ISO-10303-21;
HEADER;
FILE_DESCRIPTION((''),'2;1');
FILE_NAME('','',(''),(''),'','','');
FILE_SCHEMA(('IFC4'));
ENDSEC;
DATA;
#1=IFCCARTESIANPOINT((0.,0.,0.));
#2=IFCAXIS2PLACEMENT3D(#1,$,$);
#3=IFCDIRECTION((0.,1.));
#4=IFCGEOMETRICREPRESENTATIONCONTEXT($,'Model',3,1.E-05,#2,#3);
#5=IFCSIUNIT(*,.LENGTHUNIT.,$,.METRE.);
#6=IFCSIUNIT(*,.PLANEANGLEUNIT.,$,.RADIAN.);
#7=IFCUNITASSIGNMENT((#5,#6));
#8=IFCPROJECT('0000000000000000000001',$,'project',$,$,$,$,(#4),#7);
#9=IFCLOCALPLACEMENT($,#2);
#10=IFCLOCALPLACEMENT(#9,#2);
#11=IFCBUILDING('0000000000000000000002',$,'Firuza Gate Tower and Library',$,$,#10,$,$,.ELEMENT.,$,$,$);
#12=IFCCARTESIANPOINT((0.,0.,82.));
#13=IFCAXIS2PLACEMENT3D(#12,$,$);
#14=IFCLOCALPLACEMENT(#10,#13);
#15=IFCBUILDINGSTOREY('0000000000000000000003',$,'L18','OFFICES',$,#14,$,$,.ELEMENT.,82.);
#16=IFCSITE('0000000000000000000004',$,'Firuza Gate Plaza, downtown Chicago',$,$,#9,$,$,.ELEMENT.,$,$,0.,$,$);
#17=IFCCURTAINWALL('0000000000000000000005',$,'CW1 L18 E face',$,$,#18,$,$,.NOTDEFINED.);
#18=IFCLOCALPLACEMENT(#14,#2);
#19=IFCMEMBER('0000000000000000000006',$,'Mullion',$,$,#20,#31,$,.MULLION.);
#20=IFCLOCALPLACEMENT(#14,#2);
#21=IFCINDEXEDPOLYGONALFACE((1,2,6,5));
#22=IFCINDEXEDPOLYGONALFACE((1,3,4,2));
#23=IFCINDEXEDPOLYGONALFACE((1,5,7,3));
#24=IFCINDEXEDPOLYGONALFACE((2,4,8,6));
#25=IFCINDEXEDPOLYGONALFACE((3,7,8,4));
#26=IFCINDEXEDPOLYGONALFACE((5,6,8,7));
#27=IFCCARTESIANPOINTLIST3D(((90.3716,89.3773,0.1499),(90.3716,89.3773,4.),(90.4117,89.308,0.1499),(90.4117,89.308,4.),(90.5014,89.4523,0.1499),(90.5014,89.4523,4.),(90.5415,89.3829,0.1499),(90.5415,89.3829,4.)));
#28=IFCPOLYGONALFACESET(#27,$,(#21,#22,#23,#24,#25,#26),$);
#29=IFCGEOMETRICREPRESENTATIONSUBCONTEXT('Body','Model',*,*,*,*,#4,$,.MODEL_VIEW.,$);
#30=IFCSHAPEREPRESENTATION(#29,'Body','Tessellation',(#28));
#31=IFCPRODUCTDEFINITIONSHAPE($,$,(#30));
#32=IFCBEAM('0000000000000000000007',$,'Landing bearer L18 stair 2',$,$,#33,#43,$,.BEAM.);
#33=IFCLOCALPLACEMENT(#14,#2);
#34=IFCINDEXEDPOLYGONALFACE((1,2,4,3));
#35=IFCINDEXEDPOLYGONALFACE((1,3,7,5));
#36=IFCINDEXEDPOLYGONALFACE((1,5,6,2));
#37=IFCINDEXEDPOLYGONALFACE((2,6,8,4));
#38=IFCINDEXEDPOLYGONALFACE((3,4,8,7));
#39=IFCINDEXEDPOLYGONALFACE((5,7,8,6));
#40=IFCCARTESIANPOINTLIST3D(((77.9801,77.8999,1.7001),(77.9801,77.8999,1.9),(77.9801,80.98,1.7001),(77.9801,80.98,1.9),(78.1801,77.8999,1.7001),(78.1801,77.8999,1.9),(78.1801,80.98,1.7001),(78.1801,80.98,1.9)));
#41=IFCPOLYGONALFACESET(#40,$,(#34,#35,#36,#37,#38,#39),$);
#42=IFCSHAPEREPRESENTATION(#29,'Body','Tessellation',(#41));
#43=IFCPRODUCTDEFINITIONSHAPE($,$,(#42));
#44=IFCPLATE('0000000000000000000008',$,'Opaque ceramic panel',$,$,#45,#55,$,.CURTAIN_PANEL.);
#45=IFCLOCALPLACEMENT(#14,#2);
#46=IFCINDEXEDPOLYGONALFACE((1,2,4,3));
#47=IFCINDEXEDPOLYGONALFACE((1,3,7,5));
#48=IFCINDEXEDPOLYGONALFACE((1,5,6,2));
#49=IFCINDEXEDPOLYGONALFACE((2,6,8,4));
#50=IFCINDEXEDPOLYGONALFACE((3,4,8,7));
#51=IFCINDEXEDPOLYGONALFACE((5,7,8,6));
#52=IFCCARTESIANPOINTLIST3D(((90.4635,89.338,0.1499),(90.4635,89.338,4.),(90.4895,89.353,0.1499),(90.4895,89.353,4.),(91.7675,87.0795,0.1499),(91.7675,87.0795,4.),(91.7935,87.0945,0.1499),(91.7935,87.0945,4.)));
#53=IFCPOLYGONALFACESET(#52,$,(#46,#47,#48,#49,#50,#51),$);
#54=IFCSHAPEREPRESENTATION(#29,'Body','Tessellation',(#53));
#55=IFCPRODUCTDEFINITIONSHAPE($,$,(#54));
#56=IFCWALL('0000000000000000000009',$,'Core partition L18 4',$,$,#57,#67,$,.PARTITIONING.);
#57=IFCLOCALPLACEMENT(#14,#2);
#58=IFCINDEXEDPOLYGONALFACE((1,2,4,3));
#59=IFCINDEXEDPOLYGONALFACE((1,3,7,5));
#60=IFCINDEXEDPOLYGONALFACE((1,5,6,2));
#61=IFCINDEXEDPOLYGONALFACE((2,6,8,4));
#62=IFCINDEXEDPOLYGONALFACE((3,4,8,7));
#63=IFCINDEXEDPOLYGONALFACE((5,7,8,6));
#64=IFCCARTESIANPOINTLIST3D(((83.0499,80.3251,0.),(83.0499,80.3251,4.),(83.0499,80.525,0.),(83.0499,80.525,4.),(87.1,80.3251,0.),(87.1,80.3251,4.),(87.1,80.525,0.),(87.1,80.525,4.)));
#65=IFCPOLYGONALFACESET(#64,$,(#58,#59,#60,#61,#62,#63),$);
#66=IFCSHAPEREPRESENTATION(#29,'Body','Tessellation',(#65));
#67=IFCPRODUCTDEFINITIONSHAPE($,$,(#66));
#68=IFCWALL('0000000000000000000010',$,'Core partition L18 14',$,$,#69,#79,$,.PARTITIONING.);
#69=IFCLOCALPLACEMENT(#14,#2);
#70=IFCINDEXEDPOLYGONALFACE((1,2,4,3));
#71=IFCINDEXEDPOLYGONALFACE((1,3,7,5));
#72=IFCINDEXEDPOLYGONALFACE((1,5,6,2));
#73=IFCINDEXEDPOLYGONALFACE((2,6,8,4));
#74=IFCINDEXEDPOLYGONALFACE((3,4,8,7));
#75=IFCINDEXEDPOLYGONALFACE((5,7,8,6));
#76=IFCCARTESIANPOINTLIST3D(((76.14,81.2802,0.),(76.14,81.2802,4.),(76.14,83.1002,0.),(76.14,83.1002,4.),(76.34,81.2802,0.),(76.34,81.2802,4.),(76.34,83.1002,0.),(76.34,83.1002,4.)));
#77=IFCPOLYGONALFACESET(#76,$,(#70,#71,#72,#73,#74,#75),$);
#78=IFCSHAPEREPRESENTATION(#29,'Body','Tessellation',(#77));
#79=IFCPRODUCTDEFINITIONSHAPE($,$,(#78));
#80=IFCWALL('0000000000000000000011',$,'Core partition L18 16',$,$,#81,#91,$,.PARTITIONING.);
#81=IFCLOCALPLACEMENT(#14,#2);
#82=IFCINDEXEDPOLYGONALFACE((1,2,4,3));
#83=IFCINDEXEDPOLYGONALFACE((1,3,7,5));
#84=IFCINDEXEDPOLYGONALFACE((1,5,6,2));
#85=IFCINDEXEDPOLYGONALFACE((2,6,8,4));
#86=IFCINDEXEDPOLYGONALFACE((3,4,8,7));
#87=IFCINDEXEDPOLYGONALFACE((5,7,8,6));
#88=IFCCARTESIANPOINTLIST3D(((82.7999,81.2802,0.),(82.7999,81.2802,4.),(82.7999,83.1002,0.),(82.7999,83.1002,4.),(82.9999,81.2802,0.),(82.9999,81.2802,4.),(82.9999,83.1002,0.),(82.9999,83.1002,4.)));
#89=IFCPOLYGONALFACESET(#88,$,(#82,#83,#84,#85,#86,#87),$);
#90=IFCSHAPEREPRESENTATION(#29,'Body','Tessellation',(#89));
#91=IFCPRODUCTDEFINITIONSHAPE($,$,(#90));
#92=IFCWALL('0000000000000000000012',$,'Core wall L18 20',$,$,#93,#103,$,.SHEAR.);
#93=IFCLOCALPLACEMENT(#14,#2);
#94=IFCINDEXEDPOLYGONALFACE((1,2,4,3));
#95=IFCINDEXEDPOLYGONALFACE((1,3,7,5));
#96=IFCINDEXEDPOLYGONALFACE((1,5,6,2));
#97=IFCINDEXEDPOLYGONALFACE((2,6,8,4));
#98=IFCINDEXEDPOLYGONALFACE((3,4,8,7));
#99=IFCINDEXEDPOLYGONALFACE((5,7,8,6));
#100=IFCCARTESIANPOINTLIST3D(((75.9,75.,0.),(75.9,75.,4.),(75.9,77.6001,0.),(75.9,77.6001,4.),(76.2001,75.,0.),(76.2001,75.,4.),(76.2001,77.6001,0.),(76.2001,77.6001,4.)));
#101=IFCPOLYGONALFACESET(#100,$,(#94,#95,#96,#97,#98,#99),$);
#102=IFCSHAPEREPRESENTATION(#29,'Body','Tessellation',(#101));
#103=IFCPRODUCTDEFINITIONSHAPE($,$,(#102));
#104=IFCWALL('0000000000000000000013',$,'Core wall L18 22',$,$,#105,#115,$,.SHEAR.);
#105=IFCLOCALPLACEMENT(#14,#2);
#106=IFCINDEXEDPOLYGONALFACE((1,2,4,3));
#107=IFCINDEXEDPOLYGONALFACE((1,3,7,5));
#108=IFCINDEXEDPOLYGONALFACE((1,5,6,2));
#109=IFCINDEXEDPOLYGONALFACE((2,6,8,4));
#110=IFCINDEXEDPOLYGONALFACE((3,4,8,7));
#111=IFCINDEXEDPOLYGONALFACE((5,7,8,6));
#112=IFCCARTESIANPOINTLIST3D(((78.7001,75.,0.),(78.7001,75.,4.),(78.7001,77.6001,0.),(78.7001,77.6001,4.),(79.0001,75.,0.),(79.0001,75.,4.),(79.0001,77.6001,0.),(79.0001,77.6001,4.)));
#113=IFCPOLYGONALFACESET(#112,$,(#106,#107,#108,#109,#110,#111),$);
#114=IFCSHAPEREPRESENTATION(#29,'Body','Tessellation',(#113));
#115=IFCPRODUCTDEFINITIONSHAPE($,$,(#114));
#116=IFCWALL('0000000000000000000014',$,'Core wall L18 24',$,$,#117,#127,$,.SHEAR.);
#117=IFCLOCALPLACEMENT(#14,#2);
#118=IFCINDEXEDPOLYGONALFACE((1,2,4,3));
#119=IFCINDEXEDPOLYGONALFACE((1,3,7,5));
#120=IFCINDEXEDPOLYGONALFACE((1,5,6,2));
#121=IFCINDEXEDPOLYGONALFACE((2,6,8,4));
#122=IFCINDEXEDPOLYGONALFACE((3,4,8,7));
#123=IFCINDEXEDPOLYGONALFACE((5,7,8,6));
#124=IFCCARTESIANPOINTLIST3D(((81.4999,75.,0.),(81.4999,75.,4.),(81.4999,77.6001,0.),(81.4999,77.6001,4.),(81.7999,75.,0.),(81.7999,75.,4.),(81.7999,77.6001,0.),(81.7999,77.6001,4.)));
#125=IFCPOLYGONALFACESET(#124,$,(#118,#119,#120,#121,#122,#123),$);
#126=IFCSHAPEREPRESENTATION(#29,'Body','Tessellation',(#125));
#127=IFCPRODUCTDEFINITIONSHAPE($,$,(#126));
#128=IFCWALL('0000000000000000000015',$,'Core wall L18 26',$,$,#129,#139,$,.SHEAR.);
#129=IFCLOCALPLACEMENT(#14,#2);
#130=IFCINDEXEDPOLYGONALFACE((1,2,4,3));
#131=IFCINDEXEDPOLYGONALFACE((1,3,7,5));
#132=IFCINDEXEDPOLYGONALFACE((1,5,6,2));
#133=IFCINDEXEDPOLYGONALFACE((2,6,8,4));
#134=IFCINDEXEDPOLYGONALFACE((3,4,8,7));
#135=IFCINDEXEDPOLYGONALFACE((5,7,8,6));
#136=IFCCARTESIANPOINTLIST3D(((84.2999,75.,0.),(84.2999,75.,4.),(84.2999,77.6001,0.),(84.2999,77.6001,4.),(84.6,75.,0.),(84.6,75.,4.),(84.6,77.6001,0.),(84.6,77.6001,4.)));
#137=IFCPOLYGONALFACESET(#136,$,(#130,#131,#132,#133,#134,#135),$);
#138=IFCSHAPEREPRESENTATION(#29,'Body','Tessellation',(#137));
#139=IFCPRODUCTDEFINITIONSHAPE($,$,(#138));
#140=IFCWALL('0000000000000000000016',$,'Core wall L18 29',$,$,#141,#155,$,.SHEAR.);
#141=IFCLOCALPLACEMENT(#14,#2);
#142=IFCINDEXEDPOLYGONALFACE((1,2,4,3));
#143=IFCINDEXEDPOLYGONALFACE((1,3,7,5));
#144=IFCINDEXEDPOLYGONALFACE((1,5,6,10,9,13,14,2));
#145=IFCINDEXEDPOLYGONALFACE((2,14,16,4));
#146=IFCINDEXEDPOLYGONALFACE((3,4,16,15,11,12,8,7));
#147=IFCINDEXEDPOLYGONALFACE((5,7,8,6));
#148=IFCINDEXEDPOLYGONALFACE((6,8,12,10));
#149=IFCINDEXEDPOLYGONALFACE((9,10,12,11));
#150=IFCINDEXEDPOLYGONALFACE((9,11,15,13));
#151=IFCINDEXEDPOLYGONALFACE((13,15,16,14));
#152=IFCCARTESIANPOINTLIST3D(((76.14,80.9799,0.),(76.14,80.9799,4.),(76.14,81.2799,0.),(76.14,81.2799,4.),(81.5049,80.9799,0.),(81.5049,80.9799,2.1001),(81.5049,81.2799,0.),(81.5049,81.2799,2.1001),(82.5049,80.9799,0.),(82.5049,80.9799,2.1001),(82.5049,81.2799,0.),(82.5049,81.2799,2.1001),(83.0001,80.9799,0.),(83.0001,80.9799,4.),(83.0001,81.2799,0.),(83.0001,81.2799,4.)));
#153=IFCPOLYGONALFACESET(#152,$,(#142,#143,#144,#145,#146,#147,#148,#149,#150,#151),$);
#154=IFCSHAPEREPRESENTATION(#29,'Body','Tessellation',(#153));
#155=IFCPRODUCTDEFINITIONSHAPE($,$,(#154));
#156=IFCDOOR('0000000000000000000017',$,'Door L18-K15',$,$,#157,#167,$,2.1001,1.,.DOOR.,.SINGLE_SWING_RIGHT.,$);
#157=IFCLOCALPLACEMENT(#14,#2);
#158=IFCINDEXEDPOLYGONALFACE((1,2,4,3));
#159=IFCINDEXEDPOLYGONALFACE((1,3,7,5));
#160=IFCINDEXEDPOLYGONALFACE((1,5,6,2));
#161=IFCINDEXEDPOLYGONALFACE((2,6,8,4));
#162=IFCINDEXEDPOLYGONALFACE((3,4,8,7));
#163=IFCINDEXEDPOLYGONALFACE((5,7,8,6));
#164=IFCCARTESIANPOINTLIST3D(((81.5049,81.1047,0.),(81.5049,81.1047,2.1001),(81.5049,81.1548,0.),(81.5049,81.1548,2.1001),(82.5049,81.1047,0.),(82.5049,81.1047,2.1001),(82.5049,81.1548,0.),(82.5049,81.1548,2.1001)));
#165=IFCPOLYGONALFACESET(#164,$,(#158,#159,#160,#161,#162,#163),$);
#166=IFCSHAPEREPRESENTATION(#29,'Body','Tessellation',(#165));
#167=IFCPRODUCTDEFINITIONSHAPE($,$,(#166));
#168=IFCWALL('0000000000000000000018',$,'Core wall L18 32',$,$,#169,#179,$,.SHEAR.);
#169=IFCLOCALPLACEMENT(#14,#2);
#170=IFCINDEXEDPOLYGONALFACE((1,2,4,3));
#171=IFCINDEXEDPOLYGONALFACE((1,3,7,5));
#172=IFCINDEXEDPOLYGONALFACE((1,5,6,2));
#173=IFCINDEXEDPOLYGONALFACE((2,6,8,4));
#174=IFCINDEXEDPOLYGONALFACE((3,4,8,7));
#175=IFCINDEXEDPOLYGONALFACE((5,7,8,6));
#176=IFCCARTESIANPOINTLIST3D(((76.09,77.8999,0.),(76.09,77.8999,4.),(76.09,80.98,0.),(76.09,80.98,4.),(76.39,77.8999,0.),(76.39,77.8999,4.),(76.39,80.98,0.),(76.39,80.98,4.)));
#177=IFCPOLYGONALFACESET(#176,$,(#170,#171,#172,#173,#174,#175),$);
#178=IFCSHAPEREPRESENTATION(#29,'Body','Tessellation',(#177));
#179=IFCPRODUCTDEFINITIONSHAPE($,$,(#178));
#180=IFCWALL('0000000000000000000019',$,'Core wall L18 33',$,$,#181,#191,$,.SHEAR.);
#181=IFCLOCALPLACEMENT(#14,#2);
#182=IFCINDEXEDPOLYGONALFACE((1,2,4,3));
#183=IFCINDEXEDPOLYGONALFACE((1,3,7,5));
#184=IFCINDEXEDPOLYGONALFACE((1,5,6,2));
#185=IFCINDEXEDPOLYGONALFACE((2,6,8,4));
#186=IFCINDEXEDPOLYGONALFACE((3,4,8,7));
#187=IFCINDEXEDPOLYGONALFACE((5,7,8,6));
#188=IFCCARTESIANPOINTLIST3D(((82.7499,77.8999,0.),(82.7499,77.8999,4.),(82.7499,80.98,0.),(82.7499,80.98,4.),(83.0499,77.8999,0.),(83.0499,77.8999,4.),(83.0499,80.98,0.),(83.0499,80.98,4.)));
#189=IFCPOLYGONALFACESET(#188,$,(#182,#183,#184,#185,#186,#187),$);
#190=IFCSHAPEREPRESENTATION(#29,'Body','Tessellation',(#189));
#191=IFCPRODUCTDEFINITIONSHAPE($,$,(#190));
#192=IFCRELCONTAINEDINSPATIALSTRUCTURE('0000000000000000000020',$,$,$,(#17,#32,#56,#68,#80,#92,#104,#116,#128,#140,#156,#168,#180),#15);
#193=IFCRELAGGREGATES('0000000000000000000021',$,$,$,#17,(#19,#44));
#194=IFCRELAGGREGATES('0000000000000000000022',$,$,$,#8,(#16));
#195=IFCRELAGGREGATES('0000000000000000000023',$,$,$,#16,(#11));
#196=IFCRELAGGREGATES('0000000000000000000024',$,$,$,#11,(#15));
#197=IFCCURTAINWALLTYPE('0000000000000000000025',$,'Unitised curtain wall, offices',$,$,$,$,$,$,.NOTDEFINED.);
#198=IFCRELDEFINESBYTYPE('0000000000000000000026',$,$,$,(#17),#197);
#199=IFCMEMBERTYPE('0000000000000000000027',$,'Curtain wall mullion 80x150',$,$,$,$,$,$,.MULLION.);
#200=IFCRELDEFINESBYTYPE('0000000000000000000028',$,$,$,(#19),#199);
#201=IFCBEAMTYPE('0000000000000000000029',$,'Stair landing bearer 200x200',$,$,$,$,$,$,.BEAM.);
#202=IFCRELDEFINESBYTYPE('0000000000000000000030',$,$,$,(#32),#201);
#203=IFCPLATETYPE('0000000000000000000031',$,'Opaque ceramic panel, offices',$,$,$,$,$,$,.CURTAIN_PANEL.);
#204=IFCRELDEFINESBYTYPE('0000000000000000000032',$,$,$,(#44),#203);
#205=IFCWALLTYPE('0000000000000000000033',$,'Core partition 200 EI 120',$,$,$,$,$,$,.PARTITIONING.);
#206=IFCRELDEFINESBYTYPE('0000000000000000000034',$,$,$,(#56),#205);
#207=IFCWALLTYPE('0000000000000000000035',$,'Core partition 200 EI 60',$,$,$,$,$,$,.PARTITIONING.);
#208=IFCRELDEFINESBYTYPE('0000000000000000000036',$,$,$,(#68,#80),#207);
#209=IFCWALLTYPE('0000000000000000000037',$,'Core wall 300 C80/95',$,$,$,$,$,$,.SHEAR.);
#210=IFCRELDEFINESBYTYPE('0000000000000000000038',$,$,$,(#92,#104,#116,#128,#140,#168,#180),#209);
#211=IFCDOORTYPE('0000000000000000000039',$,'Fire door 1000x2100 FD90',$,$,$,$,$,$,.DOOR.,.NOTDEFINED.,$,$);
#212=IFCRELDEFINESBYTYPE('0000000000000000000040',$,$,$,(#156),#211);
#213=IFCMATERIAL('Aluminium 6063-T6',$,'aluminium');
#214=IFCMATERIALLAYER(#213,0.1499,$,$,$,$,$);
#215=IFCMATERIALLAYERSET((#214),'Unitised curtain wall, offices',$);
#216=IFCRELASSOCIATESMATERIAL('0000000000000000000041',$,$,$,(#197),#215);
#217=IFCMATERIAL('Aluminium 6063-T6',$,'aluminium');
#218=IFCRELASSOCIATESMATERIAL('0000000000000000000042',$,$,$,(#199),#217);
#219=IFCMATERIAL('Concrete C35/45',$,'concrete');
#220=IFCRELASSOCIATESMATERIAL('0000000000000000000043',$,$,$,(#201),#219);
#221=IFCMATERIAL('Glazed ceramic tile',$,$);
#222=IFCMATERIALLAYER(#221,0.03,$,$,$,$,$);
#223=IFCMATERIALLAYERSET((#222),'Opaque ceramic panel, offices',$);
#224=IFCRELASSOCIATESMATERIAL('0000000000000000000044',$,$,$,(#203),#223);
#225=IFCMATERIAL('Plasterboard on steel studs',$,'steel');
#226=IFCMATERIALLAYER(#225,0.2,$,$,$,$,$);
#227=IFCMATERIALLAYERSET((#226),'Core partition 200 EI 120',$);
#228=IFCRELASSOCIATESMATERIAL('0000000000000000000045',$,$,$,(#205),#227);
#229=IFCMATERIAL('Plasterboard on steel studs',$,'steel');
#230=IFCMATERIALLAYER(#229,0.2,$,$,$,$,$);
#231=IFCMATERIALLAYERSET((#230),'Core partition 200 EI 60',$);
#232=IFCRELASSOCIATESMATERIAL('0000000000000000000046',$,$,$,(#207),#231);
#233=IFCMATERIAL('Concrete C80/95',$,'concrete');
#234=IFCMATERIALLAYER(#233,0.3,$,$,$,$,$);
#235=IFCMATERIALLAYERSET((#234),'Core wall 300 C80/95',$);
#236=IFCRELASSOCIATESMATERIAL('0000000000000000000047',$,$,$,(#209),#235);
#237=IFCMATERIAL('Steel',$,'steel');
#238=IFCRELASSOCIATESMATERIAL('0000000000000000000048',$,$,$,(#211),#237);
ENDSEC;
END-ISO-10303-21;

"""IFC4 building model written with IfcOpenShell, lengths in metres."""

from ifc_helpers import new_model, si_unit, direction, frame, frame_2d, origin, origin_2d, place, context, subcontext, project, spatial, polyline, rectangle, outline, extrude, material, layer, layer_set, material_profile, profile_set, type_object, element, fill, aggregate, save


model = new_model("IFC4")

# Units and contexts
model_context = context("Model", 3, precision=1e-05, world=origin(), true_north=direction((0.0, 1.0)))
body_context = subcontext(model_context, "Body", "Model", "MODEL_VIEW")
ifc_project = project(units=[si_unit("LENGTHUNIT", "METRE"), si_unit("PLANEANGLEUNIT", "RADIAN")], contexts=[model_context])

# Site, building, storey
site_placement = place(None, origin())
site = spatial("IfcSite", under=ifc_project, at=site_placement, Name="Firuza Gate Plaza, downtown Chicago", CompositionType="ELEMENT", RefElevation=0.0)
building_placement = place(site_placement, origin())
building = spatial("IfcBuilding", under=site, at=building_placement, Name="Firuza Gate Tower and Library", CompositionType="ELEMENT")
storey_placement = place(building_placement, frame((0.0, 0.0, 82.0)))
storey = spatial("IfcBuildingStorey", under=building, at=storey_placement, Name="L18", Description="OFFICES", CompositionType="ELEMENT", Elevation=82.0)

# Curtain wall, member
ifc_material_1 = material(Name="Aluminium 6063-T6", Category="aluminium")
ifc_layer_1 = layer(ifc_material_1, 0.1499)
ifc_layer_set_1 = layer_set([ifc_layer_1], Name="Unitised curtain wall, offices")
curtain_wall_type = type_object("IfcCurtainWallType", Name="Unitised curtain wall, offices", PredefinedType="NOTDEFINED", material=ifc_layer_set_1)
placement = place(storey_placement, origin())
curtain_wall = element("IfcCurtainWall", 1, at=placement, inside=storey, type_object=curtain_wall_type, Name="CW1 L18 E face", PredefinedType="NOTDEFINED")
ifc_material_2 = material(Name="Aluminium 6063-T6", Category="aluminium")
ifc_material_profile_1 = material_profile(ifc_material_2, rectangle(XDim=0.1499, YDim=0.0801, at=origin_2d()))
ifc_profile_set_1 = profile_set([ifc_material_profile_1], Name="Aluminium 6063-T6")
member_type = type_object("IfcMemberType", Name="Curtain wall mullion 80x150", PredefinedType="MULLION", material=ifc_profile_set_1)
member_placement = place(storey_placement, frame((90.4565, 89.3801, 0.1499), z_axis=(0.0, 0.0, 1.0), x_axis=(-0.866025, -0.5, 0.0)))
member = element("IfcMember", 2, at=member_placement, type_object=member_type, Name="Mullion", PredefinedType="MULLION", context=body_context, shape_type="SweptSolid", body=[
    extrude(rectangle(XDim=0.1499, YDim=0.0801, at=origin_2d()), origin(), (0.0, 0.0, 1.0), 3.8501),
])

# Beam
ifc_material_3 = material(Name="Concrete C35/45", Category="concrete")
ifc_material_profile_2 = material_profile(ifc_material_3, rectangle(XDim=0.2, YDim=0.2, at=origin_2d()))
ifc_profile_set_2 = profile_set([ifc_material_profile_2], Name="Concrete C35/45")
beam_type = type_object("IfcBeamType", Name="Stair landing bearer 200x200", PredefinedType="BEAM", material=ifc_profile_set_2)
beam_placement = place(storey_placement, frame((78.0801, 80.98, 1.8), z_axis=(0.0, -1.0, 0.0), x_axis=(1.0, 0.0, 0.0)))
element("IfcBeam", 3, at=beam_placement, inside=storey, type_object=beam_type, Name="Landing bearer L18 stair 2", PredefinedType="BEAM", context=body_context, shape_type="SweptSolid", body=[
    extrude(rectangle(XDim=0.2, YDim=0.2, at=origin_2d()), origin(), (0.0, 0.0, 1.0), 3.0801),
])

# Plate
ifc_material_4 = material(Name="Glazed ceramic tile")
ifc_layer_2 = layer(ifc_material_4, 0.03)
ifc_layer_set_2 = layer_set([ifc_layer_2], Name="Opaque ceramic panel, offices")
plate_type = type_object("IfcPlateType", Name="Opaque ceramic panel, offices", PredefinedType="CURTAIN_PANEL", material=ifc_layer_set_2)
plate_placement = place(storey_placement, frame((91.7935, 87.0945, 0.1499), z_axis=(0.866028, 0.499995, 0.0), x_axis=(-0.499995, 0.866028, 0.0)))
plate = element("IfcPlate", 4, at=plate_placement, type_object=plate_type, Name="Opaque ceramic panel", PredefinedType="CURTAIN_PANEL", context=body_context, shape_type="SweptSolid", body=[
    extrude(outline(polyline([(0.0, 0.0), (2.6079, 0.0), (2.6079, 3.8501), (0.0, 3.8501), (0.0, 0.0)])), origin(), (0.0, 0.0, -1.0), 0.03),
])
aggregate(curtain_wall, [member, plate])

# Walls
ifc_material_5 = material(Name="Plasterboard on steel studs", Category="steel")
ifc_layer_3 = layer(ifc_material_5, 0.2)
ifc_layer_set_3 = layer_set([ifc_layer_3], Name="Core partition 200 EI 120")
wall_type_1 = type_object("IfcWallType", Name="Core partition 200 EI 120", PredefinedType="PARTITIONING", material=ifc_layer_set_3)
wall_1_placement = place(storey_placement, frame((83.05, 80.425, 0.0), z_axis=(0.0, 0.0, 1.0), x_axis=(1.0, 0.0, 0.0)))
element("IfcWall", 5, at=wall_1_placement, inside=storey, type_object=wall_type_1, Name="Core partition L18 4", PredefinedType="PARTITIONING", context=body_context, shape_type="SweptSolid", body=[
    extrude(rectangle(XDim=4.05, YDim=0.2, at=frame_2d((2.0249, 0.0))), origin(), (0.0, 0.0, 1.0), 4.0),
])
ifc_material_6 = material(Name="Plasterboard on steel studs", Category="steel")
ifc_layer_4 = layer(ifc_material_6, 0.2)
ifc_layer_set_4 = layer_set([ifc_layer_4], Name="Core partition 200 EI 60")
wall_type_2 = type_object("IfcWallType", Name="Core partition 200 EI 60", PredefinedType="PARTITIONING", material=ifc_layer_set_4)
for number, where, z_axis, x_axis, name in (
    (6, (76.24, 81.28, 0.0), (0.0, 0.0, 1.0), (0.0, 1.0, 0.0), "Core partition L18 14"),
    (7, (82.8999, 81.28, 0.0), (0.0, 0.0, 1.0), (0.0, 1.0, 0.0), "Core partition L18 16"),
):
    element("IfcWall", number, at=place(storey_placement, frame(where, z_axis=z_axis, x_axis=x_axis)), inside=storey, type_object=wall_type_2, Name=name, PredefinedType="PARTITIONING", context=body_context, shape_type="SweptSolid", body=[
        extrude(rectangle(XDim=1.8201, YDim=0.2, at=frame_2d((0.9102, 0.0))), origin(), (0.0, 0.0, 1.0), 4.0),
    ])
ifc_material_7 = material(Name="Concrete C80/95", Category="concrete")
ifc_layer_5 = layer(ifc_material_7, 0.3)
ifc_layer_set_5 = layer_set([ifc_layer_5], Name="Core wall 300 C80/95")
wall_type_3 = type_object("IfcWallType", Name="Core wall 300 C80/95", PredefinedType="SHEAR", material=ifc_layer_set_5)
for number, where, z_axis, x_axis, name in (
    (8, (76.05, 75.0, 0.0), (0.0, 0.0, 1.0), (0.0, 1.0, 0.0), "Core wall L18 20"),
    (9, (78.8501, 75.0, 0.0), (0.0, 0.0, 1.0), (0.0, 1.0, 0.0), "Core wall L18 22"),
    (10, (81.6499, 75.0, 0.0), (0.0, 0.0, 1.0), (0.0, 1.0, 0.0), "Core wall L18 24"),
    (11, (84.45, 75.0, 0.0), (0.0, 0.0, 1.0), (0.0, 1.0, 0.0), "Core wall L18 26"),
):
    element("IfcWall", number, at=place(storey_placement, frame(where, z_axis=z_axis, x_axis=x_axis)), inside=storey, type_object=wall_type_3, Name=name, PredefinedType="SHEAR", context=body_context, shape_type="SweptSolid", body=[
        extrude(rectangle(XDim=2.6001, YDim=0.3, at=frame_2d((1.3, 0.0))), origin(), (0.0, 0.0, 1.0), 4.0),
    ])

# Wall, opening, door
wall_2_placement = place(storey_placement, frame((76.1399, 81.1299, 0.0), z_axis=(0.0, 0.0, 1.0), x_axis=(1.0, 0.0, 0.0)))
wall_2 = element("IfcWall", 12, at=wall_2_placement, inside=storey, type_object=wall_type_3, Name="Core wall L18 29", PredefinedType="SHEAR", context=body_context, shape_type="SweptSolid", body=[
    extrude(rectangle(XDim=6.8601, YDim=0.3, at=frame_2d((3.4302, 0.0))), origin(), (0.0, 0.0, 1.0), 4.0),
])
opening_1_placement = place(wall_2_placement, frame((5.365, 0.0, 0.0)))
opening_1 = element("IfcOpeningElement", 13, at=opening_1_placement, cuts=wall_2, PredefinedType="OPENING", context=body_context, shape_type="SweptSolid", body=[
    extrude(rectangle(XDim=1.0, YDim=2.1001, at=frame_2d((0.5, 1.05))), frame((0.0, 0.1602, 0.0), z_axis=(0.0, -1.0, 0.0), x_axis=(1.0, 0.0, 0.0)), (0.0, 0.0, 1.0), 0.3201),
])
ifc_material_8 = material(Name="Steel", Category="steel")
door_type_1 = type_object("IfcDoorType", Name="Fire door 1000x2100 FD90", OperationType="NOTDEFINED", PredefinedType="DOOR", material=ifc_material_8)
door_1_placement = place(opening_1_placement, origin())
door_1 = element("IfcDoor", 14, at=door_1_placement, inside=storey, type_object=door_type_1, Name="Door L18-K15", OperationType="SINGLE_SWING_RIGHT", OverallHeight=2.1001, OverallWidth=1.0, PredefinedType="DOOR", context=body_context, shape_type="SweptSolid", body=[
    extrude(rectangle(XDim=1.0, YDim=2.1001, at=frame_2d((0.5, 1.05))), frame((0.0, 0.0249, 0.0), z_axis=(0.0, -1.0, 0.0), x_axis=(1.0, 0.0, 0.0)), (0.0, 0.0, 1.0), 0.05),
])
fill(opening_1, door_1)

# Walls
for number, where, z_axis, x_axis, name in (
    (15, (76.24, 77.8999, 0.0), (0.0, 0.0, 1.0), (0.0, 1.0, 0.0), "Core wall L18 32"),
    (16, (82.8999, 77.8999, 0.0), (0.0, 0.0, 1.0), (0.0, 1.0, 0.0), "Core wall L18 33"),
):
    element("IfcWall", number, at=place(storey_placement, frame(where, z_axis=z_axis, x_axis=x_axis)), inside=storey, type_object=wall_type_3, Name=name, PredefinedType="SHEAR", context=body_context, shape_type="SweptSolid", body=[
        extrude(rectangle(XDim=3.0801, YDim=0.3, at=frame_2d((1.54, 0.0))), origin(), (0.0, 0.0, 1.0), 4.0),
    ])

save(model, "model.ifc")
